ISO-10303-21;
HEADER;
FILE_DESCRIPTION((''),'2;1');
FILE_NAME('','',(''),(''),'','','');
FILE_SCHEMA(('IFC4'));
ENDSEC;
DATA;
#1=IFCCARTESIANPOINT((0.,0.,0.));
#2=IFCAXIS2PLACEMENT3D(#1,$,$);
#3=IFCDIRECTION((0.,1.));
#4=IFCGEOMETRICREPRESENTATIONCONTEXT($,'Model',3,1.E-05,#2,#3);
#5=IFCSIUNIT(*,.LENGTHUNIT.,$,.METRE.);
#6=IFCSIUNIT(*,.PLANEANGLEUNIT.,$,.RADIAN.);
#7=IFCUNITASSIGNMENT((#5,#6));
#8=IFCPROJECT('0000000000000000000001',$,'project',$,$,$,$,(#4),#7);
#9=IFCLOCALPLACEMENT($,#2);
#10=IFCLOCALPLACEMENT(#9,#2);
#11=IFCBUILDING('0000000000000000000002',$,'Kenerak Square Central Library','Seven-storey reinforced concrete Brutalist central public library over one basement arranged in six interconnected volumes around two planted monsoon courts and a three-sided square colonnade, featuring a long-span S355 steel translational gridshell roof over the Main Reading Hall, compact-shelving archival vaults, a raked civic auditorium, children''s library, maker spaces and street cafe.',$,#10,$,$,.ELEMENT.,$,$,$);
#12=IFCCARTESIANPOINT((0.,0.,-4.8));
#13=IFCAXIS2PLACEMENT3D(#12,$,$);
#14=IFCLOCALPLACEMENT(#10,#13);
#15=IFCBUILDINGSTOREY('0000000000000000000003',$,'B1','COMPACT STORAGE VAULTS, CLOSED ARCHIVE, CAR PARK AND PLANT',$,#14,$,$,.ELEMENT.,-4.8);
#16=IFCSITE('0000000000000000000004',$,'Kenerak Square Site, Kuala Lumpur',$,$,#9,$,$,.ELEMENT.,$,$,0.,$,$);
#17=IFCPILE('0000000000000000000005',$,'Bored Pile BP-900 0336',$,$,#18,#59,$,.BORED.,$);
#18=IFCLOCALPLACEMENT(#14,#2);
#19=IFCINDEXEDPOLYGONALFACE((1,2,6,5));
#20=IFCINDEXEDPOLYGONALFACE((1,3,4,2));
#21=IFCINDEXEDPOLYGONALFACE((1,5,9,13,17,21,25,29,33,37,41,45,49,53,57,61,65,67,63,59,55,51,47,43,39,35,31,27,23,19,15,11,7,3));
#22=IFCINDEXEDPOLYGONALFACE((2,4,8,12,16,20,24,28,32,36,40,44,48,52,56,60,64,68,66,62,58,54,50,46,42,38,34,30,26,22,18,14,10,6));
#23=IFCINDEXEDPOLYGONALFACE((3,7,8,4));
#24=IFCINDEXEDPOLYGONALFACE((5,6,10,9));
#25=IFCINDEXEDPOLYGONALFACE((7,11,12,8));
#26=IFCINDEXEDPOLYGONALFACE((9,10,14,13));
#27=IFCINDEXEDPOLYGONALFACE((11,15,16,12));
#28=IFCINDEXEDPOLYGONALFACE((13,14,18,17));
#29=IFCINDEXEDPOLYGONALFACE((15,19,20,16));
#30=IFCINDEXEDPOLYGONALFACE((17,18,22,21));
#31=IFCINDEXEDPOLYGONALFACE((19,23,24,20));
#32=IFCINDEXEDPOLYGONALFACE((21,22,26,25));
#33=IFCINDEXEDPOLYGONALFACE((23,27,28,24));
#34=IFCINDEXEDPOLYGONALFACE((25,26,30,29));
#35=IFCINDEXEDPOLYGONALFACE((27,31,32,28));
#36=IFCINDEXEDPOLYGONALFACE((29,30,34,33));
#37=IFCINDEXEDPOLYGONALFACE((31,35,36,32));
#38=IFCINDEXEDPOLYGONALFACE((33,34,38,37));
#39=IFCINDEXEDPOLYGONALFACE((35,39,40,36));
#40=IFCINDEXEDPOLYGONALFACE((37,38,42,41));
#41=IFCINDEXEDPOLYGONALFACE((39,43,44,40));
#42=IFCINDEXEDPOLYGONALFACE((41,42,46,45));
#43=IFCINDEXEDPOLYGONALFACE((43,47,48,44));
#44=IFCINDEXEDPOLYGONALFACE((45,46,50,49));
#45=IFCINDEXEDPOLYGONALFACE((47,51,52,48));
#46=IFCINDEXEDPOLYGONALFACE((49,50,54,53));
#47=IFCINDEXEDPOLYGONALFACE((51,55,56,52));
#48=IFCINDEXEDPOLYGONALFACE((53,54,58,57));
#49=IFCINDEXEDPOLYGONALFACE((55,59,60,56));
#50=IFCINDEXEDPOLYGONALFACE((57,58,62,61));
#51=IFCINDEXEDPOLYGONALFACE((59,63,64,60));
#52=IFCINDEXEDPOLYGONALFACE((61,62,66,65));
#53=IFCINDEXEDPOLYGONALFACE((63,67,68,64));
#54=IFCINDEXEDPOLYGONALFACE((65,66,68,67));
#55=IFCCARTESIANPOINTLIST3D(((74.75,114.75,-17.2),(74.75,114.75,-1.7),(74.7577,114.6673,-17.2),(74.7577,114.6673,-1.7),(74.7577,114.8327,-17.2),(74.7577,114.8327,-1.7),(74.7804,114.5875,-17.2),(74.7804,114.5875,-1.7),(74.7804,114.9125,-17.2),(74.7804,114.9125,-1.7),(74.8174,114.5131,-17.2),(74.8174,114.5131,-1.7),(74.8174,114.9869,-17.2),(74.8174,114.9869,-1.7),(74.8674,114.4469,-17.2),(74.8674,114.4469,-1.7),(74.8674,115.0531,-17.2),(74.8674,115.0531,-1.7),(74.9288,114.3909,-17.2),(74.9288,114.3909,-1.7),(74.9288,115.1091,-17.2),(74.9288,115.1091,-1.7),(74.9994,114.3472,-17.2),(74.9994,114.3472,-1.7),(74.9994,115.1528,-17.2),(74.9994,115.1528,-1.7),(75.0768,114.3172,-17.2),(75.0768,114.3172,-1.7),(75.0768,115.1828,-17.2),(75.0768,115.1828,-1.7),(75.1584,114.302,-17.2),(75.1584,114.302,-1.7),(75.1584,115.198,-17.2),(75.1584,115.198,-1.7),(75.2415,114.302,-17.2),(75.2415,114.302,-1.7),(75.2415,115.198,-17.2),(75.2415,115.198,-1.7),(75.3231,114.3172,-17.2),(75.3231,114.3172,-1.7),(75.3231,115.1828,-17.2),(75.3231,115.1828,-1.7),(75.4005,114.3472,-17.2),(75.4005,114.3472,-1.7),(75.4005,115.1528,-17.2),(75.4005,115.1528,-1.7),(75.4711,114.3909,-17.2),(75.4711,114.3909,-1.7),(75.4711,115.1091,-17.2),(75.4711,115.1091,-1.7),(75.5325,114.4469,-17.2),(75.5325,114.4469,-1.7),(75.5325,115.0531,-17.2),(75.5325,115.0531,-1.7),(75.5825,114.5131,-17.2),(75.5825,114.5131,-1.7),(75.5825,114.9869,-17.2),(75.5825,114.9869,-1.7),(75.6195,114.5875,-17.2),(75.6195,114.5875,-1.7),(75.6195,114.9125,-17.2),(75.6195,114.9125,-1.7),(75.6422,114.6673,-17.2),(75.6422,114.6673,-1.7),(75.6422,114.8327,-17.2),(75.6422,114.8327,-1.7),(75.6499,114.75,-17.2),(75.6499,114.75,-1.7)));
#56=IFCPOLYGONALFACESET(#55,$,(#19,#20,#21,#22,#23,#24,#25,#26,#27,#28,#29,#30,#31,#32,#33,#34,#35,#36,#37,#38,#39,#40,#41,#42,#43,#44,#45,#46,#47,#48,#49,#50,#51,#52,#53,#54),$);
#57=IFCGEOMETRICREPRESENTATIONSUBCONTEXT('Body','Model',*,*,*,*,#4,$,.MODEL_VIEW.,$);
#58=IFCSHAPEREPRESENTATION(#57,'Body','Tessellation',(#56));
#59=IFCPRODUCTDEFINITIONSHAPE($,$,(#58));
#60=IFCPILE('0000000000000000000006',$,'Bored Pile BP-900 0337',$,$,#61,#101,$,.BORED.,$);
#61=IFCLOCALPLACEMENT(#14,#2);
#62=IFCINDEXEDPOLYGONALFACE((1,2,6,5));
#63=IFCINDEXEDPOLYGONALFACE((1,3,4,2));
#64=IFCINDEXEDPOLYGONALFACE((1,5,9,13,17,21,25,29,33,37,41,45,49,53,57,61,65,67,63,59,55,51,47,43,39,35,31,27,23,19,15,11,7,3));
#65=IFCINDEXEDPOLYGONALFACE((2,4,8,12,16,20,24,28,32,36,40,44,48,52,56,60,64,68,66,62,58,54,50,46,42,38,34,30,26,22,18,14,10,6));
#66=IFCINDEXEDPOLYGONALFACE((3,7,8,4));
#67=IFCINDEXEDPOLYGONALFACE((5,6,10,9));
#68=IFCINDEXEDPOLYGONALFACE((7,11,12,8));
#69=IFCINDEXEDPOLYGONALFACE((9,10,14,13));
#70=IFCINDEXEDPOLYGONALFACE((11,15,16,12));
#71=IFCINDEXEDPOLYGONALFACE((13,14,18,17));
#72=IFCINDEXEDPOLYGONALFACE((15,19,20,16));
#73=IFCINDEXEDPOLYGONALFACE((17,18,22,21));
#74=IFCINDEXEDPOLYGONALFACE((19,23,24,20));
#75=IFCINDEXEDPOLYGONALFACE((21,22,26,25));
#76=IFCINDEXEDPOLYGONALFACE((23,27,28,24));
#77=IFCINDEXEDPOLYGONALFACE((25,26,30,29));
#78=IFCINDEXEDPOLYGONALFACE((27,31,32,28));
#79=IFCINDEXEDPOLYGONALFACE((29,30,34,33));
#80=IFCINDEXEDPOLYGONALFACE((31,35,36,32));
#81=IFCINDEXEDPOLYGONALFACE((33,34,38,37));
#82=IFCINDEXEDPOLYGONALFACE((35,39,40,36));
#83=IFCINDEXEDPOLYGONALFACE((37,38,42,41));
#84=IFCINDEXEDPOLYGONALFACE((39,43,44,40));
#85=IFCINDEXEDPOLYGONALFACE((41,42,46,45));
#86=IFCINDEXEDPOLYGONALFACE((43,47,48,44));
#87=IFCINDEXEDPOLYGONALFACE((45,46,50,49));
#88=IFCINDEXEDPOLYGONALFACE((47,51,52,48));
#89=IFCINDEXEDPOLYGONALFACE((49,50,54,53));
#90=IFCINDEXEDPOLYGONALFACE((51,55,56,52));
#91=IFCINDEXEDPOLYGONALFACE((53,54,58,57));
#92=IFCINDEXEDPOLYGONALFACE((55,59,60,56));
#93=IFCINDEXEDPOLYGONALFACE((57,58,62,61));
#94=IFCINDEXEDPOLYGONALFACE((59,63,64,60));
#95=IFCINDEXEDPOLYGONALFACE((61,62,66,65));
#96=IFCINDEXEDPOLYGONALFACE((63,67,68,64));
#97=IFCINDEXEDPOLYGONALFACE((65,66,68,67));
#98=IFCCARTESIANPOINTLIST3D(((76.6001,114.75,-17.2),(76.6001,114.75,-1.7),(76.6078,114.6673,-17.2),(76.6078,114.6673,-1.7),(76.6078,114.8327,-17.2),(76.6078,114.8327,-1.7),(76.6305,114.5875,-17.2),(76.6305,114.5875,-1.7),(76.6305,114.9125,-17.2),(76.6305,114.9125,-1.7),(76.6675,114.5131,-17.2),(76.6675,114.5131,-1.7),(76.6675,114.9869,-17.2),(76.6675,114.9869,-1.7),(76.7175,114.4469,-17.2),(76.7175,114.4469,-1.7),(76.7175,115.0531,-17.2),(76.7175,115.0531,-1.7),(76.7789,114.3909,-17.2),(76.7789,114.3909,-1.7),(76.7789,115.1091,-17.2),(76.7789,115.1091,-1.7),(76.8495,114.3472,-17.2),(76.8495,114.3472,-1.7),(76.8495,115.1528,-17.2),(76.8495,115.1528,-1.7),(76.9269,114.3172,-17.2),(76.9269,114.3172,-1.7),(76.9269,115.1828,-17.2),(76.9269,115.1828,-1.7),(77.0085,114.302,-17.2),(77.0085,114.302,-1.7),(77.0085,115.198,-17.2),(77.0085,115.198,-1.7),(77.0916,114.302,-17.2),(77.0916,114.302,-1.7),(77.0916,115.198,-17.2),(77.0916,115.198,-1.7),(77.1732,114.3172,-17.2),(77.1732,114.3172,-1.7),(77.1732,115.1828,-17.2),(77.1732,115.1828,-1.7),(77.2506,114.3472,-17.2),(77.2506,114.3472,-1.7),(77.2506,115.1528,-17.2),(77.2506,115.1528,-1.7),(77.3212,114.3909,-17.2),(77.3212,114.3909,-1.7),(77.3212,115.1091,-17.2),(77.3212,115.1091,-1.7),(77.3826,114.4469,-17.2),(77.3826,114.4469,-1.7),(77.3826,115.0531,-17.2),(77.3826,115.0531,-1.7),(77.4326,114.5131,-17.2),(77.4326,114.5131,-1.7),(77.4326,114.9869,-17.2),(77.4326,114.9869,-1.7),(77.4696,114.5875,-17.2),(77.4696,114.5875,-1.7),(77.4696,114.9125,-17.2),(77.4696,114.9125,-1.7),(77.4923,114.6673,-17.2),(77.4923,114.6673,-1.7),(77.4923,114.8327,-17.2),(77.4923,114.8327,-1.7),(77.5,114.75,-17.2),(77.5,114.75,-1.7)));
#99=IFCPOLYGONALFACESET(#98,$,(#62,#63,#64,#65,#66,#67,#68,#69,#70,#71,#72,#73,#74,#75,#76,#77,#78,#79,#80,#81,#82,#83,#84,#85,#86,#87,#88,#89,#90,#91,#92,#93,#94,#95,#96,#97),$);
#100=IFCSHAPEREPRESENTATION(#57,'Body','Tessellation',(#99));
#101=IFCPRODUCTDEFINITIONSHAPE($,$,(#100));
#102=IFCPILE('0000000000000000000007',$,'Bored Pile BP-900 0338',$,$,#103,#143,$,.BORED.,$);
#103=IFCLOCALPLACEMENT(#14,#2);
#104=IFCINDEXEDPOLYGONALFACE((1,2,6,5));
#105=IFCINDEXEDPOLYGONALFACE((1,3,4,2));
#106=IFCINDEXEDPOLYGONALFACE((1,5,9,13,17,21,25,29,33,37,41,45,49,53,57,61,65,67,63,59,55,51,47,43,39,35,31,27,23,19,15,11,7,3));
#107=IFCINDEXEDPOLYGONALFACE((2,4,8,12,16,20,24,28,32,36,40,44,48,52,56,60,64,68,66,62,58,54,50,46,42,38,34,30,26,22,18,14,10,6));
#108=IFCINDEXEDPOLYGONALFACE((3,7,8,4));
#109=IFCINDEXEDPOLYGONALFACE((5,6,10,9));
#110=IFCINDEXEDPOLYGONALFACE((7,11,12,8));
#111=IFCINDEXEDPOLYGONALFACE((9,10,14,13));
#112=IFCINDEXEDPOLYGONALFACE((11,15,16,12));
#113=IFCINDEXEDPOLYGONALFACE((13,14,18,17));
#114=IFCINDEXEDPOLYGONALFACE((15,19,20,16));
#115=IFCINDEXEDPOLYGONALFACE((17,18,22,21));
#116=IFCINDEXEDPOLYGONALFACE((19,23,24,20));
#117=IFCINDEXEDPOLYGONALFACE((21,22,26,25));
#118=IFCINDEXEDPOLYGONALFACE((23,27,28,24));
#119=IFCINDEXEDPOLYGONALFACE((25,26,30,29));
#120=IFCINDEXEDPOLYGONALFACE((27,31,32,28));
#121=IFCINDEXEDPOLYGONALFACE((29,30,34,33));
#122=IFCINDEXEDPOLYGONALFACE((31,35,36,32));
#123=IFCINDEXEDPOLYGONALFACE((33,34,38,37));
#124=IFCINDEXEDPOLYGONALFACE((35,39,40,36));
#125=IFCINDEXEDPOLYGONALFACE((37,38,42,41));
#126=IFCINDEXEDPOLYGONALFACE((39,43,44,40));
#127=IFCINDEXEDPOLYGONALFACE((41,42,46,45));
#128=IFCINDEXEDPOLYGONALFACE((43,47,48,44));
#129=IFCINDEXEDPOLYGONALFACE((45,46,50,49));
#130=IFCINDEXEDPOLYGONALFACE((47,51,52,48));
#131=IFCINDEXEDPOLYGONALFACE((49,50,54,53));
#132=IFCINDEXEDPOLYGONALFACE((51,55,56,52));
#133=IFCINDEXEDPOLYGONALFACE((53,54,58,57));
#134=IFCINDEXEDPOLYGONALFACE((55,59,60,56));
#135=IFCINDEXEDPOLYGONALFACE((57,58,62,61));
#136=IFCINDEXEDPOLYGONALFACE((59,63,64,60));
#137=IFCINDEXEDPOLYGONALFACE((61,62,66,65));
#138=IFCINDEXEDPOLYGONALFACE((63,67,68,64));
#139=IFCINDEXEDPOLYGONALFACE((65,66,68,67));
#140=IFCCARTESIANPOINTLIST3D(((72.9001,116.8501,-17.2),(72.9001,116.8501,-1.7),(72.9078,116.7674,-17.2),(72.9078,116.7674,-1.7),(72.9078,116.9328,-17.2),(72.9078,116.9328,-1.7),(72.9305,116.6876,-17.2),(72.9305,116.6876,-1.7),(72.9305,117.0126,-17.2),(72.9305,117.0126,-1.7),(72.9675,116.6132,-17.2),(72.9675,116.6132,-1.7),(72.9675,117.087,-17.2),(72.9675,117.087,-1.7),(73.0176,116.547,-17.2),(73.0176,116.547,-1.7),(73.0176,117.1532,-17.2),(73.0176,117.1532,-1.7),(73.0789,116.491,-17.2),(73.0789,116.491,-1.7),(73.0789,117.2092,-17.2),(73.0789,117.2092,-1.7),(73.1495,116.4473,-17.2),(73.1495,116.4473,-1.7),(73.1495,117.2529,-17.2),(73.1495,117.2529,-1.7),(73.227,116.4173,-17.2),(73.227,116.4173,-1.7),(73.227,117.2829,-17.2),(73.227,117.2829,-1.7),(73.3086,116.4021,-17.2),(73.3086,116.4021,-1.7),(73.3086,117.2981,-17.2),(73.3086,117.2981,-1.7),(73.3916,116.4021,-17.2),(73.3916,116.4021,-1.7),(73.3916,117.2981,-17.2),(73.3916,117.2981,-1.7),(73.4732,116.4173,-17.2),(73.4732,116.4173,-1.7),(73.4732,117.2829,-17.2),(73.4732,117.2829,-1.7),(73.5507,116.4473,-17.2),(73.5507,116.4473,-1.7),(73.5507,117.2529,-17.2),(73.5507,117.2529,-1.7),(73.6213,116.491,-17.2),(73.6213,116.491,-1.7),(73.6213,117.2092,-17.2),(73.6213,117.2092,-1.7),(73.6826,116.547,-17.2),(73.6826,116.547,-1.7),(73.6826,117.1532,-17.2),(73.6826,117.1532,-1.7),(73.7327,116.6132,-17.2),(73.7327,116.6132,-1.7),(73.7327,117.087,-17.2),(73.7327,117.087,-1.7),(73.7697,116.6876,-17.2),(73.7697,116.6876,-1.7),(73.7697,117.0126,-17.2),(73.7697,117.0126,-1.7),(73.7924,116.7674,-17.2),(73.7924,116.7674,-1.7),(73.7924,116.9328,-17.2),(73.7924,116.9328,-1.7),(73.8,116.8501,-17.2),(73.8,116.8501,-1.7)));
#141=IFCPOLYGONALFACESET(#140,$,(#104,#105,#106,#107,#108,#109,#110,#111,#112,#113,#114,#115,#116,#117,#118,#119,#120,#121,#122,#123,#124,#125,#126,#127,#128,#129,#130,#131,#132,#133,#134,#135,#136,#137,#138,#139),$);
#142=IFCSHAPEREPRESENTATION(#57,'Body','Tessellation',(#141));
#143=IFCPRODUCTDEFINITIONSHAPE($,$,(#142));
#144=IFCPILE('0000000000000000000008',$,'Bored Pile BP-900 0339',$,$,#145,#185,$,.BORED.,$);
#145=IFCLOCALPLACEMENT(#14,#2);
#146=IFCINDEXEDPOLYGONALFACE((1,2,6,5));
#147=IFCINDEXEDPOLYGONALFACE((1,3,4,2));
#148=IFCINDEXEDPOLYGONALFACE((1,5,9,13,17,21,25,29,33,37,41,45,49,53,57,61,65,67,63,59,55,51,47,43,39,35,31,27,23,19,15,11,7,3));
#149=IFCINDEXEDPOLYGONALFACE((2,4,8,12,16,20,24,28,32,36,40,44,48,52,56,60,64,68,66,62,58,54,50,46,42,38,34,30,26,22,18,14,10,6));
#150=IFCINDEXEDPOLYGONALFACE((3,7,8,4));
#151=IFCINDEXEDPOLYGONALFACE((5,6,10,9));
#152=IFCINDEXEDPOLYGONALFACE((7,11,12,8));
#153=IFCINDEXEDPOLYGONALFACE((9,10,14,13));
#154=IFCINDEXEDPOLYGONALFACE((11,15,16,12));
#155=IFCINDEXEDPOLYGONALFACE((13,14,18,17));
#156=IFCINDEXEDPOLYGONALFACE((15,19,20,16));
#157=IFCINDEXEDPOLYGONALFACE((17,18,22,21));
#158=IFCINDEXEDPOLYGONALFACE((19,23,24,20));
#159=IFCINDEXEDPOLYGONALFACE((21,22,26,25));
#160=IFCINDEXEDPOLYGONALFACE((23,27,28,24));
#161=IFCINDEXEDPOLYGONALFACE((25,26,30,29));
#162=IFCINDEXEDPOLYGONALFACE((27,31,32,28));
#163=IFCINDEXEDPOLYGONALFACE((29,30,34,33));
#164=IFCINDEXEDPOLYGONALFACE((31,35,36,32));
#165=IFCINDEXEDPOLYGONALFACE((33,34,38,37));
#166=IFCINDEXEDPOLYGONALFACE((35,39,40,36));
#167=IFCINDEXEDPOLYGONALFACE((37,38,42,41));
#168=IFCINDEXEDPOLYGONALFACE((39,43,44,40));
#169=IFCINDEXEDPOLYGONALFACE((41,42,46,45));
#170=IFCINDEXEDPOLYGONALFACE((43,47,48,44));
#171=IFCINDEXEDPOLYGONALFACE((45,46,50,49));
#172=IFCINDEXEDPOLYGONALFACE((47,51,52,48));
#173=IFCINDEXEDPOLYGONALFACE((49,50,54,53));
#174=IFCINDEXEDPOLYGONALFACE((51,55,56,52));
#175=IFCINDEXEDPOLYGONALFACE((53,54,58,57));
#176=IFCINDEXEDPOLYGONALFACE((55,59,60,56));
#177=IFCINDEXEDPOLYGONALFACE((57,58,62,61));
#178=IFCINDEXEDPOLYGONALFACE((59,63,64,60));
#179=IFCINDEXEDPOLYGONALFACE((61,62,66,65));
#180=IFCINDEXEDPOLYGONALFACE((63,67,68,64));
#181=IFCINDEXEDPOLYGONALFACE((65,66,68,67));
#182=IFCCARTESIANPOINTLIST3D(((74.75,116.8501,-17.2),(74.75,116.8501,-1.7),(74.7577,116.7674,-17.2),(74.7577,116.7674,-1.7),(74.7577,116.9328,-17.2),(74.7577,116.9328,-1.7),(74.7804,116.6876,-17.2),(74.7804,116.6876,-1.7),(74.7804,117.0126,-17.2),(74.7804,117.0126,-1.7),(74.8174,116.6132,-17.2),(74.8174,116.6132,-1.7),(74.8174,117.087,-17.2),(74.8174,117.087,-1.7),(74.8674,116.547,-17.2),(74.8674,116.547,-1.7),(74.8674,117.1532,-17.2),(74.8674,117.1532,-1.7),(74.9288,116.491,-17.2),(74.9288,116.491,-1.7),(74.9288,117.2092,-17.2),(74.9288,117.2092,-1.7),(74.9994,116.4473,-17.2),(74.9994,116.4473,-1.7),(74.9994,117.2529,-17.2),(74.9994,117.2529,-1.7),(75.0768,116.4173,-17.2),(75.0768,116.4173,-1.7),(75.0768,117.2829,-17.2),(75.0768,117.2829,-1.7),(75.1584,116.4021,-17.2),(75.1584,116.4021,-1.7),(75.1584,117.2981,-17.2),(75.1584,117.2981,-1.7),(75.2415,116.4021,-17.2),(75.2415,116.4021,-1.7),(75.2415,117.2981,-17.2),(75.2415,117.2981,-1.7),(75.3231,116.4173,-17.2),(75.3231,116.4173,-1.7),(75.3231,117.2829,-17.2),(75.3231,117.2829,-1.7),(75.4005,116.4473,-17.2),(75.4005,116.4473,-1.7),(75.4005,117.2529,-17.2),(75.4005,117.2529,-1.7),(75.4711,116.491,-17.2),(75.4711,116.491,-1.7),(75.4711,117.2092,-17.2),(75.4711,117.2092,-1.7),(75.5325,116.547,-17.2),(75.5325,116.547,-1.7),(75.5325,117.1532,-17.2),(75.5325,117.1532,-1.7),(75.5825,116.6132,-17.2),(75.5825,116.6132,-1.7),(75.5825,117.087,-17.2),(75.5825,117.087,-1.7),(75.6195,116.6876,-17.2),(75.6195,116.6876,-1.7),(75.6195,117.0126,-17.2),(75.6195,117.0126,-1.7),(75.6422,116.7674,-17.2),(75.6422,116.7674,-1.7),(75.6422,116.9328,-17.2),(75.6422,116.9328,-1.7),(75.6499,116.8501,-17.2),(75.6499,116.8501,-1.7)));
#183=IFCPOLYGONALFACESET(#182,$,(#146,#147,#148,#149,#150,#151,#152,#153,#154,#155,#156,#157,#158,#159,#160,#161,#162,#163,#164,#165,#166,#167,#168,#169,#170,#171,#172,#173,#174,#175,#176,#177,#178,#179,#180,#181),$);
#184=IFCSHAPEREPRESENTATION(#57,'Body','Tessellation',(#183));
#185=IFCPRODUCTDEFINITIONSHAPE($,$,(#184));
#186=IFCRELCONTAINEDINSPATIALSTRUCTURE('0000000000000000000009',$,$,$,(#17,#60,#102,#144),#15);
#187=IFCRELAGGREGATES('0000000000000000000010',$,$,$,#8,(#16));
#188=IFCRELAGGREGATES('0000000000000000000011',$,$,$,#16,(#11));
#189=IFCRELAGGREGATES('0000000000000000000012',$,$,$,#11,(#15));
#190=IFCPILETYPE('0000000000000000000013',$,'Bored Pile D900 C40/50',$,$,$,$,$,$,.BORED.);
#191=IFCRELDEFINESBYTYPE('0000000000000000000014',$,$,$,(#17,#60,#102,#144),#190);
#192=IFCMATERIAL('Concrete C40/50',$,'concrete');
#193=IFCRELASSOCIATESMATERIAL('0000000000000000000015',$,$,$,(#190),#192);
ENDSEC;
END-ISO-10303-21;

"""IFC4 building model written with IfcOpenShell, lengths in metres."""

from ifc_helpers import new_model, si_unit, direction, frame, origin, origin_2d, place, context, subcontext, project, spatial, circle, extrude, material, material_profile, profile_set, type_object, element, save


model = new_model("IFC4")

# Units and contexts
model_context = context("Model", 3, precision=1e-05, world=origin(), true_north=direction((0.0, 1.0)))
body_context = subcontext(model_context, "Body", "Model", "MODEL_VIEW")
ifc_project = project(units=[si_unit("LENGTHUNIT", "METRE"), si_unit("PLANEANGLEUNIT", "RADIAN")], contexts=[model_context])

# Site, building, storey
site_placement = place(None, origin())
site = spatial("IfcSite", under=ifc_project, at=site_placement, Name="Kenerak Square Site, Kuala Lumpur", CompositionType="ELEMENT", RefElevation=0.0)
building_placement = place(site_placement, origin())
building = spatial("IfcBuilding", under=site, at=building_placement, Name="Kenerak Square Central Library", Description="Seven-storey reinforced concrete Brutalist central public library over one basement arranged in six interconnected volumes around two planted monsoon courts and a three-sided square colonnade, featuring a long-span S355 steel translational gridshell roof over the Main Reading Hall, compact-shelving archival vaults, a raked civic auditorium, children's library, maker spaces and street cafe.", CompositionType="ELEMENT")
storey_placement = place(building_placement, frame((0.0, 0.0, -4.8)))
storey = spatial("IfcBuildingStorey", under=building, at=storey_placement, Name="B1", Description="COMPACT STORAGE VAULTS, CLOSED ARCHIVE, CAR PARK AND PLANT", CompositionType="ELEMENT", Elevation=-4.8)

# Piles
ifc_material_1 = material(Name="Concrete C40/50", Category="concrete")
ifc_material_profile_1 = material_profile(ifc_material_1, circle(Radius=0.45, at=origin_2d()), Name="BP D900")
ifc_profile_set_1 = profile_set([ifc_material_profile_1], Name="Concrete C40/50")
pile_type_1 = type_object("IfcPileType", Name="Bored Pile D900 C40/50", PredefinedType="BORED", material=ifc_profile_set_1)
for number, where, z_axis, x_axis, name in (
    (1, (75.2, 114.75, -1.7), (0.0, 0.0, -1.0), (1.0, 0.0, 0.0), "Bored Pile BP-900 0336"),
    (2, (77.05, 114.75, -1.7), (0.0, 0.0, -1.0), (1.0, 0.0, 0.0), "Bored Pile BP-900 0337"),
    (3, (73.3501, 116.8501, -1.7), (0.0, 0.0, -1.0), (1.0, 0.0, 0.0), "Bored Pile BP-900 0338"),
    (4, (75.2, 116.8501, -1.7), (0.0, 0.0, -1.0), (1.0, 0.0, 0.0), "Bored Pile BP-900 0339"),
):
    element("IfcPile", number, at=place(storey_placement, frame(where, z_axis=z_axis, x_axis=x_axis)), inside=storey, type_object=pile_type_1, Name=name, PredefinedType="BORED", context=body_context, shape_type="SweptSolid", body=[
        extrude(circle(Radius=0.45, at=origin_2d()), origin(), (0.0, 0.0, 1.0), 15.5),
    ])

save(model, "model.ifc")
